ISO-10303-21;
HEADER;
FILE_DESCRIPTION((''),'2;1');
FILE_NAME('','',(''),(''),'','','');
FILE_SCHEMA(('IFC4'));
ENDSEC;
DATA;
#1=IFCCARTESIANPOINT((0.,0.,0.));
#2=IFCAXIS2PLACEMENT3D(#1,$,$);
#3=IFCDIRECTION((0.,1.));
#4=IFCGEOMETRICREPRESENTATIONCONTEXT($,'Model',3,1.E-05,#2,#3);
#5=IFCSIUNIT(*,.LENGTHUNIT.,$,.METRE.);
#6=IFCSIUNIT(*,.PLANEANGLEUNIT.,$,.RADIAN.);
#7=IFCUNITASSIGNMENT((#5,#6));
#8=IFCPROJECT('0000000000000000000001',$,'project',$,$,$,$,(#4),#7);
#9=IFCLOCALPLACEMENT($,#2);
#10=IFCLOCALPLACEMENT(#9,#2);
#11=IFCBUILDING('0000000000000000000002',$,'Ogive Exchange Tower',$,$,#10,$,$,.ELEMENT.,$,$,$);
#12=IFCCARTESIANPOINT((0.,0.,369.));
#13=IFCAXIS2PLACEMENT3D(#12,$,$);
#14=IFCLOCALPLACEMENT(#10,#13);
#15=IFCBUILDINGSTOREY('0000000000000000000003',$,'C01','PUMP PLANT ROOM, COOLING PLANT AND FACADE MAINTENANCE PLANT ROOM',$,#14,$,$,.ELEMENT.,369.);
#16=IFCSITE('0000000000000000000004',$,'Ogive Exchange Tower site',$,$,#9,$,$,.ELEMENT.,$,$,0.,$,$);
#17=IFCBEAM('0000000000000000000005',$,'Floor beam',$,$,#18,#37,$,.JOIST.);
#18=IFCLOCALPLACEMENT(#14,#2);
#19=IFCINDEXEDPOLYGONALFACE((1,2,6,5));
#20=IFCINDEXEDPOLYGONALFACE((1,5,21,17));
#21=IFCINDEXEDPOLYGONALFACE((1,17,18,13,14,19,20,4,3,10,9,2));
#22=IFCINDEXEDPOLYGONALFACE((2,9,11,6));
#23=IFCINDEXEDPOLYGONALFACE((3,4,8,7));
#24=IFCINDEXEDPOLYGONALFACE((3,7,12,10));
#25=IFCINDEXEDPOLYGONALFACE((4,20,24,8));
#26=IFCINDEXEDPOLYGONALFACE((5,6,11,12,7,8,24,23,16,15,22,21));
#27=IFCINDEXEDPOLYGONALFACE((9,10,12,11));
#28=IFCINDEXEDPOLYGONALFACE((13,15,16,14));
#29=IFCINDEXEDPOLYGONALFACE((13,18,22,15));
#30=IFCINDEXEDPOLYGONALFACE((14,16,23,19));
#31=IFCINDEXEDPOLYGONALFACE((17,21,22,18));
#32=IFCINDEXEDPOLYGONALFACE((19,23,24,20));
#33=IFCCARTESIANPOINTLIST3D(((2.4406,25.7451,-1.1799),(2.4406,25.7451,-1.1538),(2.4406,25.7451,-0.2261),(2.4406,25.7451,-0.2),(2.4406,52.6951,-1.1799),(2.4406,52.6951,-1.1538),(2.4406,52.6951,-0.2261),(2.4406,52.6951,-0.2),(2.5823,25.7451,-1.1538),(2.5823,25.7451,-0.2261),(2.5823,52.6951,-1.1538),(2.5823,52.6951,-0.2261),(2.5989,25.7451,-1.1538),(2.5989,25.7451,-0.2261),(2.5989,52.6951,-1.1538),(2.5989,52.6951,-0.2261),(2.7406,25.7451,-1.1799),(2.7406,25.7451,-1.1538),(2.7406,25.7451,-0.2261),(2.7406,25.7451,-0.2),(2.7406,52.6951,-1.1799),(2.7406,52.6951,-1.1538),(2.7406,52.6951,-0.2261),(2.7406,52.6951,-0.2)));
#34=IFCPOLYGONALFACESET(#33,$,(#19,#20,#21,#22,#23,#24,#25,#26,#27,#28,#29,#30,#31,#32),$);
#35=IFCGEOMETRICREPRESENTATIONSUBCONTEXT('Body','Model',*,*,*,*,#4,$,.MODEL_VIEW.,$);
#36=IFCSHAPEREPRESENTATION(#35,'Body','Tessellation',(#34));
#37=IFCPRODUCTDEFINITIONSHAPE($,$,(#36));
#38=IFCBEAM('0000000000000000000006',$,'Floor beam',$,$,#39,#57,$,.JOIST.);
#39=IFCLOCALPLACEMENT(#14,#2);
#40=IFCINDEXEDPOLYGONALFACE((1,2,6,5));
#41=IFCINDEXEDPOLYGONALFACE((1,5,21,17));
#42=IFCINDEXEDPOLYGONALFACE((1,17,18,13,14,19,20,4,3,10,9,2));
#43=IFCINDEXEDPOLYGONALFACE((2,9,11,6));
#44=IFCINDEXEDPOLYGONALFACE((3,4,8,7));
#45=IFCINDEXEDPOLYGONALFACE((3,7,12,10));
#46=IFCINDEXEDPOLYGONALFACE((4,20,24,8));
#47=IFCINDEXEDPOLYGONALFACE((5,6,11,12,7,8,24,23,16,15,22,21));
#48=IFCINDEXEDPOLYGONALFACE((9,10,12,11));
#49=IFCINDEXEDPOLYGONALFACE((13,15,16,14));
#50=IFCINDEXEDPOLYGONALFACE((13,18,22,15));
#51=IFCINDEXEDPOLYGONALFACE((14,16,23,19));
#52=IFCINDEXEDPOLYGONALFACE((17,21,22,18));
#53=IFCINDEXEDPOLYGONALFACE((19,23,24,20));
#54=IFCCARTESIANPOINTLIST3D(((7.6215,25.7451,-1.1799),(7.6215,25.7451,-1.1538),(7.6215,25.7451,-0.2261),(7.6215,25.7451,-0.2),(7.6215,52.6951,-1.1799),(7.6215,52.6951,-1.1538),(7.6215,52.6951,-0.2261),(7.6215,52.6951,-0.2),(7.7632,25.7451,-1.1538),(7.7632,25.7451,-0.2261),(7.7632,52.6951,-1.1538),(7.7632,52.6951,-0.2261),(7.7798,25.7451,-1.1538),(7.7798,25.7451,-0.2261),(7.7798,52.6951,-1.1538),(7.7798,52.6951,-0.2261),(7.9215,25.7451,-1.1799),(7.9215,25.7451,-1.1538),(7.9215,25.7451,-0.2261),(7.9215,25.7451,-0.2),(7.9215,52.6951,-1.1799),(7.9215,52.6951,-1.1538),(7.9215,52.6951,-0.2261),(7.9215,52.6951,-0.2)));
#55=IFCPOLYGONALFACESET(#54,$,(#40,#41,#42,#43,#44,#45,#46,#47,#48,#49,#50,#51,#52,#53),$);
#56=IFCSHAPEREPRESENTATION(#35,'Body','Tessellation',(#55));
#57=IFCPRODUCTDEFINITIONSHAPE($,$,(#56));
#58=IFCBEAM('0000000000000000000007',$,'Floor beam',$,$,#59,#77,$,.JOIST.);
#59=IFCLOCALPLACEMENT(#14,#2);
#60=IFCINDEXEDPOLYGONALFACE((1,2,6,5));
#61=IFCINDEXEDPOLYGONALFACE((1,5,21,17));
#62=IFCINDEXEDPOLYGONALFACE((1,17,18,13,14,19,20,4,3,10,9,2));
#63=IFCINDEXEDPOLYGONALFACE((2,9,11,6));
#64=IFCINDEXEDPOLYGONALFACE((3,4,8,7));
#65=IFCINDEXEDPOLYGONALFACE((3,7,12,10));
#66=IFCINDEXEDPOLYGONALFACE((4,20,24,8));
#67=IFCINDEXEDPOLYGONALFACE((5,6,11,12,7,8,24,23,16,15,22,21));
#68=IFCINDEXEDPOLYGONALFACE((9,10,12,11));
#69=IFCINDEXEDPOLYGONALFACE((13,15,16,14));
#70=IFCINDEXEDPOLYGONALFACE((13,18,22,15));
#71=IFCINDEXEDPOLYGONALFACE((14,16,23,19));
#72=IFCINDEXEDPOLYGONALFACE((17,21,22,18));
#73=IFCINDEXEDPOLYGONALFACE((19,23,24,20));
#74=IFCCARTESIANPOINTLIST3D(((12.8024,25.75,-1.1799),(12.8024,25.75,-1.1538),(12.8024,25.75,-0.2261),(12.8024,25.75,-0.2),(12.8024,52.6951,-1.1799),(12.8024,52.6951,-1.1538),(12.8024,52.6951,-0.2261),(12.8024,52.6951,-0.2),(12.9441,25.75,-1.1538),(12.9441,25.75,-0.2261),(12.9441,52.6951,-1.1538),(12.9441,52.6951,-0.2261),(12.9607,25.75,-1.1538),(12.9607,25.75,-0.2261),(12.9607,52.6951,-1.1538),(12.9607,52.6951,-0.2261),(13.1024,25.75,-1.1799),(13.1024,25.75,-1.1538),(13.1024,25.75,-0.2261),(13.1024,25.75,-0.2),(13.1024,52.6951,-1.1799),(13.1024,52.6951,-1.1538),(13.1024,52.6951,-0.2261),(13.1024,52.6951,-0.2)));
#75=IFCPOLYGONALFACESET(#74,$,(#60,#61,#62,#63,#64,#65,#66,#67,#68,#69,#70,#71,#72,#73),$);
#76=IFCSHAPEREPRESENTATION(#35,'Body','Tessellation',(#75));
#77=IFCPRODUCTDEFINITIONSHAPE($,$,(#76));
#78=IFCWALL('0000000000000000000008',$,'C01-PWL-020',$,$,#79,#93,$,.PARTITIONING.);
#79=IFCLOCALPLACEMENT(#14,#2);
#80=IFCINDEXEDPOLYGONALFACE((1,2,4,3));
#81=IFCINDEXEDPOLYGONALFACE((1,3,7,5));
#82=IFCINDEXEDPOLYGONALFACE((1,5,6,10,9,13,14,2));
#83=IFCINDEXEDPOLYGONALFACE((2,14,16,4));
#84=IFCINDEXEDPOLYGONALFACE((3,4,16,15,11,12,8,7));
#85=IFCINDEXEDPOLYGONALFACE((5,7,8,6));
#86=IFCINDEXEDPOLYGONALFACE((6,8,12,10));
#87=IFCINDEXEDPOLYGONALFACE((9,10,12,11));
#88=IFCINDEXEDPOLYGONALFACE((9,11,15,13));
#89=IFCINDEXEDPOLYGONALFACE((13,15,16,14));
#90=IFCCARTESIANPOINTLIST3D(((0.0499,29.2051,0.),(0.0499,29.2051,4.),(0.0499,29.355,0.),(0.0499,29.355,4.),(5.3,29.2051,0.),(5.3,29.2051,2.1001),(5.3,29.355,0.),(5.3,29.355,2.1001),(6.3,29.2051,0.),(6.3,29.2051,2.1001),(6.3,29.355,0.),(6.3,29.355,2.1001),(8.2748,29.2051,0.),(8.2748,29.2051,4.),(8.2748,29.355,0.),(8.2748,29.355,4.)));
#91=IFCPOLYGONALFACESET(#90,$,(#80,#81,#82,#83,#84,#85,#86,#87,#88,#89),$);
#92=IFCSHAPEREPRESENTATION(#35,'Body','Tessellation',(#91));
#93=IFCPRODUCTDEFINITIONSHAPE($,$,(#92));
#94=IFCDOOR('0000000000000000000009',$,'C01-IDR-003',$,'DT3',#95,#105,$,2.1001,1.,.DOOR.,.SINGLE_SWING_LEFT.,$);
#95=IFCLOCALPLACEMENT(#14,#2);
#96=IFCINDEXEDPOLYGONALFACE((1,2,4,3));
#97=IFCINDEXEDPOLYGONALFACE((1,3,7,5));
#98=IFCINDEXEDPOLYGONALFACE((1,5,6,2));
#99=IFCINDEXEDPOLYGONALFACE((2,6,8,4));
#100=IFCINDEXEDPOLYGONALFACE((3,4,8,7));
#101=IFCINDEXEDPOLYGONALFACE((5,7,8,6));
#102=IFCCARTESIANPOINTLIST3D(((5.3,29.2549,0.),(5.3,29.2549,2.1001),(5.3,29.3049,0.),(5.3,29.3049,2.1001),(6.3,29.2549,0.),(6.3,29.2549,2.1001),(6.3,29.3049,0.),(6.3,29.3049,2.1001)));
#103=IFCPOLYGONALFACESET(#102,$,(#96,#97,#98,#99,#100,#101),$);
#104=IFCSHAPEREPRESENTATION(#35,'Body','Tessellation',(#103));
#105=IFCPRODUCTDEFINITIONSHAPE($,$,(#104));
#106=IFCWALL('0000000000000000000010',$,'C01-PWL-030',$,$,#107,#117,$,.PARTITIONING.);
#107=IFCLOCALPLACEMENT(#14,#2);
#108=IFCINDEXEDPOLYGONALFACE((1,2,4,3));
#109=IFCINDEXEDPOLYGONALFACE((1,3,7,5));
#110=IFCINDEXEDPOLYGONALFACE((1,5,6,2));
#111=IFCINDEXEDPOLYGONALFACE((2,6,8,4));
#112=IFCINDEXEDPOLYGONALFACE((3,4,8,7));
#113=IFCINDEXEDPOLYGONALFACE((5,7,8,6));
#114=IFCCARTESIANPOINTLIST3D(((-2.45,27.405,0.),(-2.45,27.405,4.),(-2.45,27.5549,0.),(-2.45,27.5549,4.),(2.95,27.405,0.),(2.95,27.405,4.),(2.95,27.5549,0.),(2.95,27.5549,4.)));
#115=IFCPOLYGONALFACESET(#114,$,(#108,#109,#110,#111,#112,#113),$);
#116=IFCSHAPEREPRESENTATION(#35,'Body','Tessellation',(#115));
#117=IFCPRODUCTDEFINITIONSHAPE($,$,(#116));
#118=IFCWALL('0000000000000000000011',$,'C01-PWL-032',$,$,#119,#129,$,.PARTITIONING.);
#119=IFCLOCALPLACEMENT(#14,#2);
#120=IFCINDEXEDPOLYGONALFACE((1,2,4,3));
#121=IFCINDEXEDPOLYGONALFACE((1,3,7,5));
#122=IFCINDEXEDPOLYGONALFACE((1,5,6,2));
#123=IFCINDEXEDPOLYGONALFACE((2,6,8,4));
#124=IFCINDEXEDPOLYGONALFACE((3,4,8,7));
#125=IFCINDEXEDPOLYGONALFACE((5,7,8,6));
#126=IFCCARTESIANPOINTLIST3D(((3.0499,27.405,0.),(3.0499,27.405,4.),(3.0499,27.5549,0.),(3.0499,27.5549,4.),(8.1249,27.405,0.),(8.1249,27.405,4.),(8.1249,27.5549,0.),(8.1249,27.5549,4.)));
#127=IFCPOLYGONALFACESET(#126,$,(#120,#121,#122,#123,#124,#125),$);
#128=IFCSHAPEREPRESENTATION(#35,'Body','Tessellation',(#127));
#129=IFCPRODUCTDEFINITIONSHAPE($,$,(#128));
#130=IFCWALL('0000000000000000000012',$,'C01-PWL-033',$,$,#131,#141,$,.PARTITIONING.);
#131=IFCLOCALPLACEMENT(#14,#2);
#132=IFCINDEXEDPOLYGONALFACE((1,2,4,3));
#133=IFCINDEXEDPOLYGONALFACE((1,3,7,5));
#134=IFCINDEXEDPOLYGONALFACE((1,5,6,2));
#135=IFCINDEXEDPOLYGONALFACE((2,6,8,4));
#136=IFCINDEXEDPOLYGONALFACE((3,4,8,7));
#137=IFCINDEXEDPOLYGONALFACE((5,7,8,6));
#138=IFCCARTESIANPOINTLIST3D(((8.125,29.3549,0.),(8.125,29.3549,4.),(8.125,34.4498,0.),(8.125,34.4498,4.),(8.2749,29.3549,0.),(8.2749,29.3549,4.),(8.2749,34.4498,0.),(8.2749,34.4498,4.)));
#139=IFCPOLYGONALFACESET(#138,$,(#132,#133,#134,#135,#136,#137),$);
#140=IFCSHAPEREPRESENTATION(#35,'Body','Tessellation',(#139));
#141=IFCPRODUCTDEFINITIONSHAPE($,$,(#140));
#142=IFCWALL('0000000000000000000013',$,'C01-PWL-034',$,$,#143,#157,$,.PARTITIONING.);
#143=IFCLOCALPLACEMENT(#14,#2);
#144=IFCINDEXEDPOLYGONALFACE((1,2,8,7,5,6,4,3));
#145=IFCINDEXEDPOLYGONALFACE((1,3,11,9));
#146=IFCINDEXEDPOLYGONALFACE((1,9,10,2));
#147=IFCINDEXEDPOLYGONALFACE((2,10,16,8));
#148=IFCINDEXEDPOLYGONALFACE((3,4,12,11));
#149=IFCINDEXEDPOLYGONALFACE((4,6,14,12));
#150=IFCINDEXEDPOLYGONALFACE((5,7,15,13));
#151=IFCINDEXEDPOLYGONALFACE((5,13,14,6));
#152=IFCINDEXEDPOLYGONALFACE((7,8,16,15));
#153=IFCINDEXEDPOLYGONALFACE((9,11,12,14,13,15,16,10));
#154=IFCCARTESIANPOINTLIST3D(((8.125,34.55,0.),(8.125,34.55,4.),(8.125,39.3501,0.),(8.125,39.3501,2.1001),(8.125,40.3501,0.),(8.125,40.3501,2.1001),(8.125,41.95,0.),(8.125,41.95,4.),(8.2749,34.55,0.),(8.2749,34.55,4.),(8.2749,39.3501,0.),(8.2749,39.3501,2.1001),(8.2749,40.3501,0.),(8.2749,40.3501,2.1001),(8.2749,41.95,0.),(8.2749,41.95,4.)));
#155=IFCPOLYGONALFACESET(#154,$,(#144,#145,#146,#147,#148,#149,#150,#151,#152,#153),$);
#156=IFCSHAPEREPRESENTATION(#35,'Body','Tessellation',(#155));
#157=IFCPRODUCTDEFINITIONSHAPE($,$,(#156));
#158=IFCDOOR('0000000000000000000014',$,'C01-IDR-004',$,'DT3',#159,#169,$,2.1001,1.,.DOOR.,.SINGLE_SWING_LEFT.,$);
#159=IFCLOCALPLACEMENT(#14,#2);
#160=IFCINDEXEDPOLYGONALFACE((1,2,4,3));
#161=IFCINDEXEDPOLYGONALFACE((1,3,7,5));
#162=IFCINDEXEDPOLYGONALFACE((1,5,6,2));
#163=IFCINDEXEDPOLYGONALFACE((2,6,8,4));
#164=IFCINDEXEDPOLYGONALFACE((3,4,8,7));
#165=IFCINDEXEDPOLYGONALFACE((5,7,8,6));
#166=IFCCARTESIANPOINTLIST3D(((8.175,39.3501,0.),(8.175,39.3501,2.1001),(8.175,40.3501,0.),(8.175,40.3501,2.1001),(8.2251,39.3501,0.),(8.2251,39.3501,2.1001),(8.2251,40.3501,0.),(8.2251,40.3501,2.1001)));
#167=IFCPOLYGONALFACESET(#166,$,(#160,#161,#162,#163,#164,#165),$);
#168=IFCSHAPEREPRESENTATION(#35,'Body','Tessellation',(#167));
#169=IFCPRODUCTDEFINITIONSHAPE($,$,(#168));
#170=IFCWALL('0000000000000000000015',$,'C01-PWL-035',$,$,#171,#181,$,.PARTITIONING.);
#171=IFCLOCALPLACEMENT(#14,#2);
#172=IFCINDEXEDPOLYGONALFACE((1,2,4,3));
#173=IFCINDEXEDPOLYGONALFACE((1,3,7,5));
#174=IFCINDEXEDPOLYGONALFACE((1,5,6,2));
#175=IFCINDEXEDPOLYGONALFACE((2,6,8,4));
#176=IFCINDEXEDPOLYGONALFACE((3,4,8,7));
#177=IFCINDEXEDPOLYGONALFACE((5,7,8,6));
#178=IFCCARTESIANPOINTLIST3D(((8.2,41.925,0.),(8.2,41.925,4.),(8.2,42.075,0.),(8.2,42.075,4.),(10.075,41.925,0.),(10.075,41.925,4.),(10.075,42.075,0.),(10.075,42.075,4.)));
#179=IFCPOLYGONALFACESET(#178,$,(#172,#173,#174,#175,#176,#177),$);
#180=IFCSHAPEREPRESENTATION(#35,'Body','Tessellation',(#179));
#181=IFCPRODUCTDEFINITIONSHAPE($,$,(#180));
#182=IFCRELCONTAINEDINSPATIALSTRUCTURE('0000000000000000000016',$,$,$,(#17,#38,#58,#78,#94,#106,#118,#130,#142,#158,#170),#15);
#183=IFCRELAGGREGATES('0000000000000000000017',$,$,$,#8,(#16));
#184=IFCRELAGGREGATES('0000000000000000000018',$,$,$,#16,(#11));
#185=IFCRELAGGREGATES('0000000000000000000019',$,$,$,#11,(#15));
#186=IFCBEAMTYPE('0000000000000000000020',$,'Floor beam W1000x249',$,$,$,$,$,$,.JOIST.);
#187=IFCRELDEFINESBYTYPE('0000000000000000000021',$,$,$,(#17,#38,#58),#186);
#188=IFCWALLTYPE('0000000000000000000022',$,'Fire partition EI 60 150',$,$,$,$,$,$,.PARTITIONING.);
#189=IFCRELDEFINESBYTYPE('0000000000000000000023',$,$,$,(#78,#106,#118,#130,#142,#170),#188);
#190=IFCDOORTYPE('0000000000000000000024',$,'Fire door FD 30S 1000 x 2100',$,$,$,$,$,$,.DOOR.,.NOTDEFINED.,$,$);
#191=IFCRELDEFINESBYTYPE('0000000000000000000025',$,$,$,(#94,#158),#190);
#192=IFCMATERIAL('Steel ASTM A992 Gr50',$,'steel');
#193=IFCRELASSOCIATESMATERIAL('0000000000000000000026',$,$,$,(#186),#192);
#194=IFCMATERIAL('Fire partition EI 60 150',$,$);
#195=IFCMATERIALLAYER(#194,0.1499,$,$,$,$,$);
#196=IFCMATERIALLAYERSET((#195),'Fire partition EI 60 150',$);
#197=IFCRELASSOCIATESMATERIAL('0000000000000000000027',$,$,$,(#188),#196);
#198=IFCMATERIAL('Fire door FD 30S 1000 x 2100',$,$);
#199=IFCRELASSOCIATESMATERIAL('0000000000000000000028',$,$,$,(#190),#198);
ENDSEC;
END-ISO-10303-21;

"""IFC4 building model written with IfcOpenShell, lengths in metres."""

from ifc_helpers import new_model, si_unit, direction, frame, frame_2d, origin, origin_2d, place, context, subcontext, project, spatial, rectangle, i_section, extrude, material, layer, layer_set, material_profile, profile_set, type_object, element, fill, save


model = new_model("IFC4")

# Units and contexts
model_context = context("Model", 3, precision=1e-05, world=origin(), true_north=direction((0.0, 1.0)))
body_context = subcontext(model_context, "Body", "Model", "MODEL_VIEW")
ifc_project = project(units=[si_unit("LENGTHUNIT", "METRE"), si_unit("PLANEANGLEUNIT", "RADIAN")], contexts=[model_context])

# Site, building, storey
site_placement = place(None, origin())
site = spatial("IfcSite", under=ifc_project, at=site_placement, Name="Ogive Exchange Tower site", CompositionType="ELEMENT", RefElevation=0.0)
building_placement = place(site_placement, origin())
building = spatial("IfcBuilding", under=site, at=building_placement, Name="Ogive Exchange Tower", CompositionType="ELEMENT")
storey_placement = place(building_placement, frame((0.0, 0.0, 369.0)))
storey = spatial("IfcBuildingStorey", under=building, at=storey_placement, Name="C01", Description="PUMP PLANT ROOM, COOLING PLANT AND FACADE MAINTENANCE PLANT ROOM", CompositionType="ELEMENT", Elevation=369.0)

# Beams
ifc_material_1 = material(Name="Steel ASTM A992 Gr50", Category="steel")
ifc_material_profile = material_profile(ifc_material_1, i_section(OverallWidth=0.3, OverallDepth=0.98, WebThickness=0.0166, FlangeThickness=0.0261, at=origin_2d()), Name="W1000x249")
ifc_profile_set = profile_set([ifc_material_profile], Name="Steel ASTM A992 Gr50")
beam_type = type_object("IfcBeamType", Name="Floor beam W1000x249", PredefinedType="JOIST", material=ifc_profile_set)
for number, where, z_axis, x_axis, name in (
    (1, (2.5906, 25.7451, -0.6899), (0.0, 1.0, 0.0), (-1.0, 0.0, 0.0), "Floor beam"),
    (2, (7.7715, 25.7451, -0.6899), (0.0, 1.0, 0.0), (-1.0, 0.0, 0.0), "Floor beam"),
):
    element("IfcBeam", number, at=place(storey_placement, frame(where, z_axis=z_axis, x_axis=x_axis)), inside=storey, type_object=beam_type, Name=name, PredefinedType="JOIST", context=body_context, shape_type="SweptSolid", body=[
        extrude(i_section(OverallWidth=0.3, OverallDepth=0.98, WebThickness=0.0166, FlangeThickness=0.0261, at=origin_2d()), origin(), (0.0, 0.0, 1.0), 26.95),
    ])
beam_placement = place(storey_placement, frame((12.9524, 25.75, -0.6899), z_axis=(0.0, 1.0, 0.0), x_axis=(-1.0, 0.0, 0.0)))
element("IfcBeam", 3, at=beam_placement, inside=storey, type_object=beam_type, Name="Floor beam", PredefinedType="JOIST", context=body_context, shape_type="SweptSolid", body=[
    extrude(i_section(OverallWidth=0.3, OverallDepth=0.98, WebThickness=0.0166, FlangeThickness=0.0261, at=origin_2d()), origin(), (0.0, 0.0, 1.0), 26.9451),
])

# Wall, opening, door
ifc_material_2 = material(Name="Fire partition EI 60 150")
ifc_layer_1 = layer(ifc_material_2, 0.1499)
ifc_layer_set_1 = layer_set([ifc_layer_1], Name="Fire partition EI 60 150")
wall_type_1 = type_object("IfcWallType", Name="Fire partition EI 60 150", PredefinedType="PARTITIONING", material=ifc_layer_set_1)
wall_1_placement = place(storey_placement, frame((0.05, 29.28, 0.0), z_axis=(0.0, 0.0, 1.0), x_axis=(1.0, 0.0, 0.0)))
wall_1 = element("IfcWall", 4, at=wall_1_placement, inside=storey, type_object=wall_type_1, Name="C01-PWL-020", PredefinedType="PARTITIONING", context=body_context, shape_type="SweptSolid", body=[
    extrude(rectangle(XDim=8.2249, YDim=0.1499, at=frame_2d((4.1123, 0.0))), origin(), (0.0, 0.0, 1.0), 4.0),
])
opening_1_placement = place(wall_1_placement, frame((5.25, 0.0, 0.0)))
opening_1 = element("IfcOpeningElement", 5, at=opening_1_placement, cuts=wall_1, PredefinedType="OPENING", context=body_context, shape_type="SweptSolid", body=[
    extrude(rectangle(XDim=1.0, YDim=2.1001, at=frame_2d((0.5, 1.05))), frame((0.0, 0.085, 0.0), z_axis=(0.0, -1.0, 0.0), x_axis=(1.0, 0.0, 0.0)), (0.0, 0.0, 1.0), 0.1699),
])
ifc_material_3 = material(Name="Fire door FD 30S 1000 x 2100")
door_type_1 = type_object("IfcDoorType", Name="Fire door FD 30S 1000 x 2100", OperationType="NOTDEFINED", PredefinedType="DOOR", material=ifc_material_3)
door_1_placement = place(opening_1_placement, origin())
door_1 = element("IfcDoor", 6, at=door_1_placement, inside=storey, type_object=door_type_1, Name="C01-IDR-003", ObjectType="DT3", OperationType="SINGLE_SWING_LEFT", OverallHeight=2.1001, OverallWidth=1.0, PredefinedType="DOOR", context=body_context, shape_type="SweptSolid", body=[
    extrude(rectangle(XDim=1.0, YDim=2.1001, at=frame_2d((0.5, 1.05))), frame((0.0, 0.0249, 0.0), z_axis=(0.0, -1.0, 0.0), x_axis=(1.0, 0.0, 0.0)), (0.0, 0.0, 1.0), 0.05),
])
fill(opening_1, door_1)

# Walls
wall_2_placement = place(storey_placement, frame((2.95, 27.48, 0.0), z_axis=(0.0, 0.0, 1.0), x_axis=(-1.0, 0.0, 0.0)))
element("IfcWall", 7, at=wall_2_placement, inside=storey, type_object=wall_type_1, Name="C01-PWL-030", PredefinedType="PARTITIONING", context=body_context, shape_type="SweptSolid", body=[
    extrude(rectangle(XDim=5.3999, YDim=0.1499, at=frame_2d((2.7, 0.0))), origin(), (0.0, 0.0, 1.0), 4.0),
])
wall_3_placement = place(storey_placement, frame((8.125, 27.48, 0.0), z_axis=(0.0, 0.0, 1.0), x_axis=(-1.0, 0.0, 0.0)))
element("IfcWall", 8, at=wall_3_placement, inside=storey, type_object=wall_type_1, Name="C01-PWL-032", PredefinedType="PARTITIONING", context=body_context, shape_type="SweptSolid", body=[
    extrude(rectangle(XDim=5.075, YDim=0.1499, at=frame_2d((2.5376, 0.0))), origin(), (0.0, 0.0, 1.0), 4.0),
])
wall_4_placement = place(storey_placement, frame((8.2, 29.355, 0.0), z_axis=(0.0, 0.0, 1.0), x_axis=(0.0, 1.0, 0.0)))
element("IfcWall", 9, at=wall_4_placement, inside=storey, type_object=wall_type_1, Name="C01-PWL-033", PredefinedType="PARTITIONING", context=body_context, shape_type="SweptSolid", body=[
    extrude(rectangle(XDim=5.095, YDim=0.1499, at=frame_2d((2.5474, 0.0))), origin(), (0.0, 0.0, 1.0), 4.0),
])

# Wall, opening, door
wall_5_placement = place(storey_placement, frame((8.2, 34.55, 0.0), z_axis=(0.0, 0.0, 1.0), x_axis=(0.0, 1.0, 0.0)))
wall_5 = element("IfcWall", 10, at=wall_5_placement, inside=storey, type_object=wall_type_1, Name="C01-PWL-034", PredefinedType="PARTITIONING", context=body_context, shape_type="SweptSolid", body=[
    extrude(rectangle(XDim=7.3999, YDim=0.1499, at=frame_2d((3.7, 0.0))), origin(), (0.0, 0.0, 1.0), 4.0),
])
opening_2_placement = place(wall_5_placement, frame((4.8, 0.0, 0.0)))
opening_2 = element("IfcOpeningElement", 11, at=opening_2_placement, cuts=wall_5, PredefinedType="OPENING", context=body_context, shape_type="SweptSolid", body=[
    extrude(rectangle(XDim=1.0, YDim=2.1001, at=frame_2d((0.5, 1.05))), frame((0.0, 0.085, 0.0), z_axis=(0.0, -1.0, 0.0), x_axis=(1.0, 0.0, 0.0)), (0.0, 0.0, 1.0), 0.1699),
])
door_2_placement = place(opening_2_placement, origin())
door_2 = element("IfcDoor", 12, at=door_2_placement, inside=storey, type_object=door_type_1, Name="C01-IDR-004", ObjectType="DT3", OperationType="SINGLE_SWING_LEFT", OverallHeight=2.1001, OverallWidth=1.0, PredefinedType="DOOR", context=body_context, shape_type="SweptSolid", body=[
    extrude(rectangle(XDim=1.0, YDim=2.1001, at=frame_2d((0.5, 1.05))), frame((0.0, 0.0249, 0.0), z_axis=(0.0, -1.0, 0.0), x_axis=(1.0, 0.0, 0.0)), (0.0, 0.0, 1.0), 0.05),
])
fill(opening_2, door_2)

# Wall
wall_6_placement = place(storey_placement, frame((8.2, 42.0, 0.0), z_axis=(0.0, 0.0, 1.0), x_axis=(1.0, 0.0, 0.0)))
element("IfcWall", 13, at=wall_6_placement, inside=storey, type_object=wall_type_1, Name="C01-PWL-035", PredefinedType="PARTITIONING", context=body_context, shape_type="SweptSolid", body=[
    extrude(rectangle(XDim=1.875, YDim=0.1499, at=frame_2d((0.9375, 0.0))), origin(), (0.0, 0.0, 1.0), 4.0),
])

save(model, "model.ifc")
